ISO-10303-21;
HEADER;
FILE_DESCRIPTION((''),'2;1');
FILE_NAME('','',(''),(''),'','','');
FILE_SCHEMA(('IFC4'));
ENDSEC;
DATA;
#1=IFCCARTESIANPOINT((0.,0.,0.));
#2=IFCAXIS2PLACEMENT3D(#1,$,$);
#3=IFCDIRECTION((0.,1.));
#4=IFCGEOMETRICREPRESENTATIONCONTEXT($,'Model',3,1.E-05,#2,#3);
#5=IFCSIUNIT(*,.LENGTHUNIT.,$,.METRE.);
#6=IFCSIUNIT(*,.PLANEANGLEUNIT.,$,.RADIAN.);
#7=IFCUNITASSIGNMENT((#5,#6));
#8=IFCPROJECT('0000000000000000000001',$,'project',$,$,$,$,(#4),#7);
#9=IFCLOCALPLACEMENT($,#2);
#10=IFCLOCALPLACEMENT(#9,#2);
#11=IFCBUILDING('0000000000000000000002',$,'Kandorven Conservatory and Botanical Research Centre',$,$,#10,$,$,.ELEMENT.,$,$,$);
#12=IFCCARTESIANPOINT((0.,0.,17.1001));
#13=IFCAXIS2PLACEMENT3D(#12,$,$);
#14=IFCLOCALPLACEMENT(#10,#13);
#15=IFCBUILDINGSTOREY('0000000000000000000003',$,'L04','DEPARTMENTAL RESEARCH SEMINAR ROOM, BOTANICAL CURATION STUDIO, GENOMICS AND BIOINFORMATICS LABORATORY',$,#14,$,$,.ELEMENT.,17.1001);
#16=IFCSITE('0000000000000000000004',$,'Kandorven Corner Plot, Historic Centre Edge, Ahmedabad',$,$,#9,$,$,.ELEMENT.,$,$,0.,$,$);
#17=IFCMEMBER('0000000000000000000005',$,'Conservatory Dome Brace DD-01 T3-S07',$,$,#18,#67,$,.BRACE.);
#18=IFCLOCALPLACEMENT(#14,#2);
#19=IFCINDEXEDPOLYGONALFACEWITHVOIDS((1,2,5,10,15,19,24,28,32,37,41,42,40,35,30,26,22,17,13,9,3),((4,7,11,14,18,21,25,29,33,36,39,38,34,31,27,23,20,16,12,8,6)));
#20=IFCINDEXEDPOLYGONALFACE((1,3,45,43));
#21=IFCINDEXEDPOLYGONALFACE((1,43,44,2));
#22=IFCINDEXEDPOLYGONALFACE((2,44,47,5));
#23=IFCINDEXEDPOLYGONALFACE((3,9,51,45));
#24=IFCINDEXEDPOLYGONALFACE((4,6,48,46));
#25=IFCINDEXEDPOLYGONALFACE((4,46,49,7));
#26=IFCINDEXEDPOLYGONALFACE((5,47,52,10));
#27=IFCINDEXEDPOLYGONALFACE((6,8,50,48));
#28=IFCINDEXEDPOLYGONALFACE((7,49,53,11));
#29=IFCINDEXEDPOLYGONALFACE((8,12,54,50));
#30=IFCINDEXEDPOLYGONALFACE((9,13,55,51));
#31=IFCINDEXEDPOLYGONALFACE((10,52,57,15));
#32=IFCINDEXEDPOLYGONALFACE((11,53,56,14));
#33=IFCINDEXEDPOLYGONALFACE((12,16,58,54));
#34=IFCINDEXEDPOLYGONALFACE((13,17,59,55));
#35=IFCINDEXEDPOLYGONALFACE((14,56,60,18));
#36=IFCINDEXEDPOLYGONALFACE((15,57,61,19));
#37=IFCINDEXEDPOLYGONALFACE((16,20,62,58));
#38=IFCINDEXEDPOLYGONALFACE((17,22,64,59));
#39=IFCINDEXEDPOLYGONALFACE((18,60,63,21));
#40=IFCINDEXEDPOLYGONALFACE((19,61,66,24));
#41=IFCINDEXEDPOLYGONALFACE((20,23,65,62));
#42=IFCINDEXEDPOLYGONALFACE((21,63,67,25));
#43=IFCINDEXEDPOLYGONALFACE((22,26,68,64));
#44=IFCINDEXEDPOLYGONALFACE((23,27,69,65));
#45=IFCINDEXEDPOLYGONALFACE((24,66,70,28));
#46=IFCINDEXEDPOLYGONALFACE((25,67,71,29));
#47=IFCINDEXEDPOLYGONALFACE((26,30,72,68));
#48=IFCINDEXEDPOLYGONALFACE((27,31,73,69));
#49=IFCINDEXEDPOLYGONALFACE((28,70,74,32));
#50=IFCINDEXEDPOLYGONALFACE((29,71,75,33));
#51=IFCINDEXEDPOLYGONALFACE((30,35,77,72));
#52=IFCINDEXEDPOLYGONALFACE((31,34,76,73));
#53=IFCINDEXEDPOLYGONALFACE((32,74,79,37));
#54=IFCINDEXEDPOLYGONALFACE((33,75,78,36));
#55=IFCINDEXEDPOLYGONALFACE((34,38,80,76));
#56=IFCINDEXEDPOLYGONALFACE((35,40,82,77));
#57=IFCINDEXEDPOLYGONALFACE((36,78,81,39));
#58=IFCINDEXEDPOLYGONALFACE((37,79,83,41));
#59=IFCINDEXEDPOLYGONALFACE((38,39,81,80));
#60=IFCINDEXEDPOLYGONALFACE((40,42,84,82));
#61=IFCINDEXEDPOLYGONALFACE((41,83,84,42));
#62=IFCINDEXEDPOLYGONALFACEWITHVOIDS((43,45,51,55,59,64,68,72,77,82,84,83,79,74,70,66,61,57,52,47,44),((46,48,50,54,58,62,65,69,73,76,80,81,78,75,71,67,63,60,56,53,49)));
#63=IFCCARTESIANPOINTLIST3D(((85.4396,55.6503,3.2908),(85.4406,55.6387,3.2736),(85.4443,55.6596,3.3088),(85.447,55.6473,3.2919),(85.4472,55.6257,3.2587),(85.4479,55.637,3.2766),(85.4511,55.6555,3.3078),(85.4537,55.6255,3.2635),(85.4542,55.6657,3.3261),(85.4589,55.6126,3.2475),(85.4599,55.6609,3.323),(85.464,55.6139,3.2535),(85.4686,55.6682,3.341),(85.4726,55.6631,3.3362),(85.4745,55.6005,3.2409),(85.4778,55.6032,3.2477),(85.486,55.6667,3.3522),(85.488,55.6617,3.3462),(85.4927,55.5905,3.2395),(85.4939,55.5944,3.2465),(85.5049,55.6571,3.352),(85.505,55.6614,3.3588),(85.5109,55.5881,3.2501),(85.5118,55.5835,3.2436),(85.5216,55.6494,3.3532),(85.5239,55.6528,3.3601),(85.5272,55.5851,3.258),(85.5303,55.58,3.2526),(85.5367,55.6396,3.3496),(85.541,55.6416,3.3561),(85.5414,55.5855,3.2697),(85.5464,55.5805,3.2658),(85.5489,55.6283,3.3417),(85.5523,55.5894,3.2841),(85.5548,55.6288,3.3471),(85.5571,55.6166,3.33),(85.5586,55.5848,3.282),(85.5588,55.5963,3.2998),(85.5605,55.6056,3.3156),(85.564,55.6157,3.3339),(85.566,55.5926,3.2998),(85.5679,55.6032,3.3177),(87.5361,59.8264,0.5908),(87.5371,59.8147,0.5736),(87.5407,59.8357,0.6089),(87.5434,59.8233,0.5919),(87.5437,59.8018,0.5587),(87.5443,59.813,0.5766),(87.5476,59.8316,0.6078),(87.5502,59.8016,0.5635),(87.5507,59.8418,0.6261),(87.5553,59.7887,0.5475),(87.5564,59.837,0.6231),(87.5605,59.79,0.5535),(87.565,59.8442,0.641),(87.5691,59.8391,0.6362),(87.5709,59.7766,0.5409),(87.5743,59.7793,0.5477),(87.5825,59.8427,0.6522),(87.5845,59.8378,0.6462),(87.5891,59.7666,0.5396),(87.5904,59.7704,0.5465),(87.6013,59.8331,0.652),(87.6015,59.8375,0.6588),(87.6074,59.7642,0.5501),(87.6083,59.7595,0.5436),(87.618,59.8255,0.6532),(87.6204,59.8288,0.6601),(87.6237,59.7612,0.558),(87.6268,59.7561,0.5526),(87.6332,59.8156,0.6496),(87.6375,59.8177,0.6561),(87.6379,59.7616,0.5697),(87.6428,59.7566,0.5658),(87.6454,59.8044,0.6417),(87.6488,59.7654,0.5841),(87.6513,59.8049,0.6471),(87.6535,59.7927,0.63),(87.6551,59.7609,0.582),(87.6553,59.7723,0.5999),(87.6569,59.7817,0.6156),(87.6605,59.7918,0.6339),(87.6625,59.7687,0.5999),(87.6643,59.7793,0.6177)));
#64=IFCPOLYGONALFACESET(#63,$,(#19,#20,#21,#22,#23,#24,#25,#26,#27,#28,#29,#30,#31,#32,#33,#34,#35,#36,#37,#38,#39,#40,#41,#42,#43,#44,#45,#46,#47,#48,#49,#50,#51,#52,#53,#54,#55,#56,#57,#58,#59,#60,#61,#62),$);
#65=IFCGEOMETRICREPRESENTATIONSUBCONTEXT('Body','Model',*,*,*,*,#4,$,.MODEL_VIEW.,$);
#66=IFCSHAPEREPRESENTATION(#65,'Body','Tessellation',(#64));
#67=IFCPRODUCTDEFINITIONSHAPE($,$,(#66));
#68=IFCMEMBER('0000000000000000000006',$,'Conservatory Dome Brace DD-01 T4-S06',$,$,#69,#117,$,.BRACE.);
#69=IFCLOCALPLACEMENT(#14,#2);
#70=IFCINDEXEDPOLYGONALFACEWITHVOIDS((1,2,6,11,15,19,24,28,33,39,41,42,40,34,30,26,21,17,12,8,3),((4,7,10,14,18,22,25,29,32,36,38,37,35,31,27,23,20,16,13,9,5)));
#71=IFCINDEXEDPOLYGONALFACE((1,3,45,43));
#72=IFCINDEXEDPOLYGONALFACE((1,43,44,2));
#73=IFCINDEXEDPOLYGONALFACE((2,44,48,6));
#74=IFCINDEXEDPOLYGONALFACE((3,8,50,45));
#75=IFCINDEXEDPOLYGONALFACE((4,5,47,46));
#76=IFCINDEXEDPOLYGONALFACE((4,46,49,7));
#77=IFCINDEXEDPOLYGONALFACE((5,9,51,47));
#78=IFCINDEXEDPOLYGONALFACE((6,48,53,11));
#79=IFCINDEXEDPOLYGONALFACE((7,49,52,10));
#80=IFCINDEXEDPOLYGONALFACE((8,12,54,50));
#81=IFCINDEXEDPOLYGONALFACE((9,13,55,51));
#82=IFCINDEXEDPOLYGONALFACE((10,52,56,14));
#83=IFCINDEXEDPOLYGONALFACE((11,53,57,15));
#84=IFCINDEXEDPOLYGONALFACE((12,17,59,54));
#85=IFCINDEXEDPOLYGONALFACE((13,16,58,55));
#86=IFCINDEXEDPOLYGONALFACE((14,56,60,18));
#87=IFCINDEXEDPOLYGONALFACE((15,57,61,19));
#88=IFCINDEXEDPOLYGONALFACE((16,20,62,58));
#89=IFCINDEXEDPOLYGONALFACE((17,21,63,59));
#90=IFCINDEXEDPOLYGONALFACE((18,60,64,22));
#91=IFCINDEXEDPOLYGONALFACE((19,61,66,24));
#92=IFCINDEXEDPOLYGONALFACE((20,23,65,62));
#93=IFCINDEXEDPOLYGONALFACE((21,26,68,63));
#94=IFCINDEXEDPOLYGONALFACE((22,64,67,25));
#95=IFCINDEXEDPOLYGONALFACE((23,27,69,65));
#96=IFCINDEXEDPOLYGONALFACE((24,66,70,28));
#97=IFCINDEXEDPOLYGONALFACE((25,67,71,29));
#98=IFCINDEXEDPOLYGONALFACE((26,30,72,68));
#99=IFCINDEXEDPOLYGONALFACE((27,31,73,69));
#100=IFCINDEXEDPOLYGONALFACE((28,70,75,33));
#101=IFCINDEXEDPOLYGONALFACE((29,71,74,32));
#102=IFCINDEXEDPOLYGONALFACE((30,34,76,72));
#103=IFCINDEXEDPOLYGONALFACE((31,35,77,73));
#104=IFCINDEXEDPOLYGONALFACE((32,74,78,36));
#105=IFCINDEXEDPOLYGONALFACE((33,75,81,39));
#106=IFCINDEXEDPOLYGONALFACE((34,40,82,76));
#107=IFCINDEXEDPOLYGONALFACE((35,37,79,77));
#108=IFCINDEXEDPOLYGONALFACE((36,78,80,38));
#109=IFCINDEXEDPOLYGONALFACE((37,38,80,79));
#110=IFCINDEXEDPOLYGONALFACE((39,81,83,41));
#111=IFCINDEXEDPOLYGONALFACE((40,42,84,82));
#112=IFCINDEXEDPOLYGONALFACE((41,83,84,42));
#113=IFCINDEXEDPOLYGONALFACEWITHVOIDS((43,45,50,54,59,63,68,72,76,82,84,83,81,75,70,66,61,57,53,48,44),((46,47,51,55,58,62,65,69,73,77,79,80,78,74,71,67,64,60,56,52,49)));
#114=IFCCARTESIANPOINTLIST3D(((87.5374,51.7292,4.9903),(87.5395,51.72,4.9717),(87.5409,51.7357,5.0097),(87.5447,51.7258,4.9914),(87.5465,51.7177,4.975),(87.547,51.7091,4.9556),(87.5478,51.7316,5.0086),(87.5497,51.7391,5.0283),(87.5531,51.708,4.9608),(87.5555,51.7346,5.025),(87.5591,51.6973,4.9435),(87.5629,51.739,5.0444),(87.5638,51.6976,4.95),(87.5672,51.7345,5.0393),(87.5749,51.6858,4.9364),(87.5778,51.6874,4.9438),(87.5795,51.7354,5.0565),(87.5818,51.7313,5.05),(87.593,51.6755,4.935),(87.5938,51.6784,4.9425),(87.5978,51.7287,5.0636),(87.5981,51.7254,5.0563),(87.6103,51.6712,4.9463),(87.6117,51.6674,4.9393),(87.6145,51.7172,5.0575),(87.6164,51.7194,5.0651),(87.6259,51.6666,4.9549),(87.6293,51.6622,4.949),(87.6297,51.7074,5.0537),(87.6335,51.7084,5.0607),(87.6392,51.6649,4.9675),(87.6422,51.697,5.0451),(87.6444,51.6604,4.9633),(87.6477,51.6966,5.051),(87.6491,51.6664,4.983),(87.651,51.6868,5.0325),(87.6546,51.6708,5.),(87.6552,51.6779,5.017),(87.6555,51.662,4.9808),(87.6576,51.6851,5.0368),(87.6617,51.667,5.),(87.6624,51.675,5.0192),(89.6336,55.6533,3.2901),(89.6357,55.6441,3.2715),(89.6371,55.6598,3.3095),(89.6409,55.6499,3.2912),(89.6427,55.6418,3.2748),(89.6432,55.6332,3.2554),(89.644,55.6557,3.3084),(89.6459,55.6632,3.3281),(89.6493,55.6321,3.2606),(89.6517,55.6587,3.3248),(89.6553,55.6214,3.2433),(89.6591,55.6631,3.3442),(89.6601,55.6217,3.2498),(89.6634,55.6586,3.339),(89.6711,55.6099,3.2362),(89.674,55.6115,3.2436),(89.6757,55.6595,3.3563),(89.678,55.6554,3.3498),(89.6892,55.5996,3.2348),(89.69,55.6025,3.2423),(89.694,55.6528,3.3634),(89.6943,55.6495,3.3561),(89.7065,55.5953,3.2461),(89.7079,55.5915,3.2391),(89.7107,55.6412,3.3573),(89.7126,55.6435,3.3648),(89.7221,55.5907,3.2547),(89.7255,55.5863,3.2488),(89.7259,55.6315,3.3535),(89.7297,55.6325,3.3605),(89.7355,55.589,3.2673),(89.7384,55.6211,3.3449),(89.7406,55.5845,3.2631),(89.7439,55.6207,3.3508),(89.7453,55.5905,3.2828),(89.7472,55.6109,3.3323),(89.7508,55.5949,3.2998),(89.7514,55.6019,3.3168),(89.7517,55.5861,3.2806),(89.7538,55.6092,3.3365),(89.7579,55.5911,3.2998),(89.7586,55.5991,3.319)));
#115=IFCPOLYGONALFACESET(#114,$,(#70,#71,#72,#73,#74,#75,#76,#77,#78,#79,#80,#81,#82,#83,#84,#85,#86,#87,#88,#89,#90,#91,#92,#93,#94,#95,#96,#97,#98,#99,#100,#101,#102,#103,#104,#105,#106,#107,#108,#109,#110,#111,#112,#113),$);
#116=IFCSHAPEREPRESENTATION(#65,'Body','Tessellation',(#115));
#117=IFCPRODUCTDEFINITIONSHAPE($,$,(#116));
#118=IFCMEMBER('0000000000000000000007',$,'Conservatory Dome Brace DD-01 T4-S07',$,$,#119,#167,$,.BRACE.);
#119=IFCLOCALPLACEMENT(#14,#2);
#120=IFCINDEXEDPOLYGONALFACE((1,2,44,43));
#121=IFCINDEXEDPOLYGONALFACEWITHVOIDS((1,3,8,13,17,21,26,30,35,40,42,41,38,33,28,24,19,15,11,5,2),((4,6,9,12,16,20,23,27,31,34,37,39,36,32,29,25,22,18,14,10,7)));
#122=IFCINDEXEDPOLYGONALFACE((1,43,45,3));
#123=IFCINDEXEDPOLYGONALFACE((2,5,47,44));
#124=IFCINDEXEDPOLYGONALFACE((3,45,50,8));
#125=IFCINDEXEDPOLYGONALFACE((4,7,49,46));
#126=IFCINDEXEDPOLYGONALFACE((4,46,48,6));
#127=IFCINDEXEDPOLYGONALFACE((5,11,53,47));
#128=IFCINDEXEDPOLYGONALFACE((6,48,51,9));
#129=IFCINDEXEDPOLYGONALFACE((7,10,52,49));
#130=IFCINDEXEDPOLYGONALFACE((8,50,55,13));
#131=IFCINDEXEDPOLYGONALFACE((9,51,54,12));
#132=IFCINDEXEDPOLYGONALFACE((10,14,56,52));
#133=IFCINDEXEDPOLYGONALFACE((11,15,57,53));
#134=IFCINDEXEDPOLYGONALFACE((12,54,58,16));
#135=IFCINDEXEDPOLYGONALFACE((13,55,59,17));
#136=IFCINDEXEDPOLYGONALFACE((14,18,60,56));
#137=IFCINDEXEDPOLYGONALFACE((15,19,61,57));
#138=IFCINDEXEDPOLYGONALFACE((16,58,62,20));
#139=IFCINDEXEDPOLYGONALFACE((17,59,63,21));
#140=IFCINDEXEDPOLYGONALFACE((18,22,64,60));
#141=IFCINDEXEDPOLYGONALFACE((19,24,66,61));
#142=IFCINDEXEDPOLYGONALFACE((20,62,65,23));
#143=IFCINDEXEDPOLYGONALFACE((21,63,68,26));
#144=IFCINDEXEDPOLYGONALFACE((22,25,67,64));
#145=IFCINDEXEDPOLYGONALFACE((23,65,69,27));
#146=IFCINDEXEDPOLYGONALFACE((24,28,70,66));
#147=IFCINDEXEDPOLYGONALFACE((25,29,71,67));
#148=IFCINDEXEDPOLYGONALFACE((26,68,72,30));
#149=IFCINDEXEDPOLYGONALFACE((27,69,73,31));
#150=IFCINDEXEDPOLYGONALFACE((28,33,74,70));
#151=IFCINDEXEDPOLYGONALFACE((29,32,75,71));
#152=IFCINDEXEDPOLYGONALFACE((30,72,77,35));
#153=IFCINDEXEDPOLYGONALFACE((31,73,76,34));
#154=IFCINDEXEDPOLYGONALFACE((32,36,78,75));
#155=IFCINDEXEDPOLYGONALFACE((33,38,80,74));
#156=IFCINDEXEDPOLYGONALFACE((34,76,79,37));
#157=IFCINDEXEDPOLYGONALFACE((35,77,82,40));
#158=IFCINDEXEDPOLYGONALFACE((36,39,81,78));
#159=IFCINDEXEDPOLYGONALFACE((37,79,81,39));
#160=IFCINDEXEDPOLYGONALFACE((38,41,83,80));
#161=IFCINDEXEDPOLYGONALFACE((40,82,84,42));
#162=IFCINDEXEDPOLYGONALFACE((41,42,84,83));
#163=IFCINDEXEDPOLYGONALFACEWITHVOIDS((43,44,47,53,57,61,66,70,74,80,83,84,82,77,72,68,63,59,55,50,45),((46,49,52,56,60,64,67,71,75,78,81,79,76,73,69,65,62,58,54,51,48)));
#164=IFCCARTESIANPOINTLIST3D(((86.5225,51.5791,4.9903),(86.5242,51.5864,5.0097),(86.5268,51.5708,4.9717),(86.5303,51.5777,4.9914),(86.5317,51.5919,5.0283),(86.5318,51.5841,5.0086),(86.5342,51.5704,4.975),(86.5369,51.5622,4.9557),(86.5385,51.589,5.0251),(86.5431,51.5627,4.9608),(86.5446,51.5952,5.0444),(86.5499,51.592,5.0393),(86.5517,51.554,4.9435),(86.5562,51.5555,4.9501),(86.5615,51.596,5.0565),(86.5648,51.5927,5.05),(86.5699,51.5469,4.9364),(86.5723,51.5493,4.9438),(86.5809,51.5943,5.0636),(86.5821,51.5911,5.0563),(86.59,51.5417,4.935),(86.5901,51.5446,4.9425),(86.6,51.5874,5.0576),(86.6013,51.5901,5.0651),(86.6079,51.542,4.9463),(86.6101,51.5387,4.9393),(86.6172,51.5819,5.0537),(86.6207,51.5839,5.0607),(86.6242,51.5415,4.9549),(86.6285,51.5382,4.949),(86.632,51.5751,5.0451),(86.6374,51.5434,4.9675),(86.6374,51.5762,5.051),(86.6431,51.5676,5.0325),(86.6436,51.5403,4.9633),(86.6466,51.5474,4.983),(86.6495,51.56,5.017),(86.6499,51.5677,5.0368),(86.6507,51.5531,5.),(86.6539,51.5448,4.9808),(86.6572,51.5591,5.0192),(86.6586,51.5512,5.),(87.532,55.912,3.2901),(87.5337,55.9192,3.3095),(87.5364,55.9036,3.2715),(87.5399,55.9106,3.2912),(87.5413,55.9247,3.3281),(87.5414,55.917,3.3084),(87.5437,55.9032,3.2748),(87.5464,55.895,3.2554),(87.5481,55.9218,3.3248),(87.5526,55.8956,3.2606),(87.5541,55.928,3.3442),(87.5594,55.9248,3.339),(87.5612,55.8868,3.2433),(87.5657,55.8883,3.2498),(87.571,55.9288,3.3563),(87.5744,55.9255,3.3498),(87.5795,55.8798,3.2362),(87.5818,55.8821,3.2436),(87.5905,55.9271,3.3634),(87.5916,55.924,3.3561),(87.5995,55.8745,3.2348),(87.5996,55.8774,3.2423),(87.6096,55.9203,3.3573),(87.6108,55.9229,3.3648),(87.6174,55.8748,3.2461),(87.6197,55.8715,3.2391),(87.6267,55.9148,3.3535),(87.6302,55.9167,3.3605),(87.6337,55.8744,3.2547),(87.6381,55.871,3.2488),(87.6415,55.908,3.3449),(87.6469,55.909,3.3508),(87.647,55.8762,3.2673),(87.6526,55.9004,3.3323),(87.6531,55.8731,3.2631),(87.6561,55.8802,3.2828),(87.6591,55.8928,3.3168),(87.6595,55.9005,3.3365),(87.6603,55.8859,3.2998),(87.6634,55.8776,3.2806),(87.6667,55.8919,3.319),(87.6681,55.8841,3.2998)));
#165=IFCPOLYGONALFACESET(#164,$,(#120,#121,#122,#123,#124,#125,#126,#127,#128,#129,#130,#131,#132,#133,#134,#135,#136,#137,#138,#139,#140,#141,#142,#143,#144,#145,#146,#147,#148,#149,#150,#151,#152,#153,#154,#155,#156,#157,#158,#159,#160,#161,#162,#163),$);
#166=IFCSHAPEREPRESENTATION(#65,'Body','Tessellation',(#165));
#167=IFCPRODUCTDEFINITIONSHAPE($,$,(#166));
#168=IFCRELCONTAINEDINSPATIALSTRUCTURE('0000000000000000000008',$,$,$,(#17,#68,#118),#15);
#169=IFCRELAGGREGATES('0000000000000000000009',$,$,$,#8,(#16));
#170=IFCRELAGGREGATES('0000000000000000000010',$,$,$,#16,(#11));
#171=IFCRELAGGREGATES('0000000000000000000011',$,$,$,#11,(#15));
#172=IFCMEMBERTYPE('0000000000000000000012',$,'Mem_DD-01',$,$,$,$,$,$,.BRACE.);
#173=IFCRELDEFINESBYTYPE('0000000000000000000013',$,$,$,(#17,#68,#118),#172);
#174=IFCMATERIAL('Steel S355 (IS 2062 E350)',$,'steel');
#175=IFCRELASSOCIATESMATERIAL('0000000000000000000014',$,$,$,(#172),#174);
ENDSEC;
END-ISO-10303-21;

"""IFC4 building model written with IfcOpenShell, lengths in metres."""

from ifc_helpers import new_model, si_unit, direction, frame, origin, origin_2d, place, context, subcontext, project, spatial, hollow_circle, extrude, material, material_profile, profile_set, type_object, element, save


model = new_model("IFC4")

# Units and contexts
model_context = context("Model", 3, precision=1e-05, world=origin(), true_north=direction((0.0, 1.0)))
body_context = subcontext(model_context, "Body", "Model", "MODEL_VIEW")
ifc_project = project(units=[si_unit("LENGTHUNIT", "METRE"), si_unit("PLANEANGLEUNIT", "RADIAN")], contexts=[model_context])

# Site, building, storey
site_placement = place(None, origin())
site = spatial("IfcSite", under=ifc_project, at=site_placement, Name="Kandorven Corner Plot, Historic Centre Edge, Ahmedabad", CompositionType="ELEMENT", RefElevation=0.0)
building_placement = place(site_placement, origin())
building = spatial("IfcBuilding", under=site, at=building_placement, Name="Kandorven Conservatory and Botanical Research Centre", CompositionType="ELEMENT")
storey_placement = place(building_placement, frame((0.0, 0.0, 17.1001)))
storey = spatial("IfcBuildingStorey", under=building, at=storey_placement, Name="L04", Description="DEPARTMENTAL RESEARCH SEMINAR ROOM, BOTANICAL CURATION STUDIO, GENOMICS AND BIOINFORMATICS LABORATORY", CompositionType="ELEMENT", Elevation=17.1001)

# Members
ifc_material_1 = material(Name="Steel S355 (IS 2062 E350)", Category="steel")
ifc_material_profile_1 = material_profile(ifc_material_1, hollow_circle(Radius=0.0698, WallThickness=0.0081, at=origin_2d()))
ifc_profile_set_1 = profile_set([ifc_material_profile_1], Name="Steel S355 (IS 2062 E350)")
member_type_1 = type_object("IfcMemberType", Name="Mem_DD-01", PredefinedType="BRACE", material=ifc_profile_set_1)
member_1_placement = place(storey_placement, frame((87.6001, 59.8, 0.5999), z_axis=(-0.388469, -0.773816, 0.5003), x_axis=(0.893705, -0.448655, 0.0)))
element("IfcMember", 1, at=member_1_placement, inside=storey, type_object=member_type_1, Name="Conservatory Dome Brace DD-01 T3-S07", PredefinedType="BRACE", context=body_context, shape_type="SweptSolid", body=[
    extrude(hollow_circle(Radius=0.0698, WallThickness=0.0081, at=origin_2d()), origin(), (0.0, 0.0, 1.0), 5.3967),
])
for number, where, z_axis, x_axis, name in (
    (2, (89.6963, 55.624, 3.2998), (-0.440129, -0.823923, 0.356984), (0.88204, -0.471175, 0.0), "Conservatory Dome Brace DD-01 T4-S06"),
    (3, (87.6001, 55.8999, 3.2998), (-0.211967, -0.909742, 0.356987), (0.973914, -0.226919, 0.0), "Conservatory Dome Brace DD-01 T4-S07"),
):
    element("IfcMember", number, at=place(storey_placement, frame(where, z_axis=z_axis, x_axis=x_axis)), inside=storey, type_object=member_type_1, Name=name, PredefinedType="BRACE", context=body_context, shape_type="SweptSolid", body=[
        extrude(hollow_circle(Radius=0.0698, WallThickness=0.0081, at=origin_2d()), origin(), (0.0, 0.0, 1.0), 4.7627),
    ])

save(model, "model.ifc")
